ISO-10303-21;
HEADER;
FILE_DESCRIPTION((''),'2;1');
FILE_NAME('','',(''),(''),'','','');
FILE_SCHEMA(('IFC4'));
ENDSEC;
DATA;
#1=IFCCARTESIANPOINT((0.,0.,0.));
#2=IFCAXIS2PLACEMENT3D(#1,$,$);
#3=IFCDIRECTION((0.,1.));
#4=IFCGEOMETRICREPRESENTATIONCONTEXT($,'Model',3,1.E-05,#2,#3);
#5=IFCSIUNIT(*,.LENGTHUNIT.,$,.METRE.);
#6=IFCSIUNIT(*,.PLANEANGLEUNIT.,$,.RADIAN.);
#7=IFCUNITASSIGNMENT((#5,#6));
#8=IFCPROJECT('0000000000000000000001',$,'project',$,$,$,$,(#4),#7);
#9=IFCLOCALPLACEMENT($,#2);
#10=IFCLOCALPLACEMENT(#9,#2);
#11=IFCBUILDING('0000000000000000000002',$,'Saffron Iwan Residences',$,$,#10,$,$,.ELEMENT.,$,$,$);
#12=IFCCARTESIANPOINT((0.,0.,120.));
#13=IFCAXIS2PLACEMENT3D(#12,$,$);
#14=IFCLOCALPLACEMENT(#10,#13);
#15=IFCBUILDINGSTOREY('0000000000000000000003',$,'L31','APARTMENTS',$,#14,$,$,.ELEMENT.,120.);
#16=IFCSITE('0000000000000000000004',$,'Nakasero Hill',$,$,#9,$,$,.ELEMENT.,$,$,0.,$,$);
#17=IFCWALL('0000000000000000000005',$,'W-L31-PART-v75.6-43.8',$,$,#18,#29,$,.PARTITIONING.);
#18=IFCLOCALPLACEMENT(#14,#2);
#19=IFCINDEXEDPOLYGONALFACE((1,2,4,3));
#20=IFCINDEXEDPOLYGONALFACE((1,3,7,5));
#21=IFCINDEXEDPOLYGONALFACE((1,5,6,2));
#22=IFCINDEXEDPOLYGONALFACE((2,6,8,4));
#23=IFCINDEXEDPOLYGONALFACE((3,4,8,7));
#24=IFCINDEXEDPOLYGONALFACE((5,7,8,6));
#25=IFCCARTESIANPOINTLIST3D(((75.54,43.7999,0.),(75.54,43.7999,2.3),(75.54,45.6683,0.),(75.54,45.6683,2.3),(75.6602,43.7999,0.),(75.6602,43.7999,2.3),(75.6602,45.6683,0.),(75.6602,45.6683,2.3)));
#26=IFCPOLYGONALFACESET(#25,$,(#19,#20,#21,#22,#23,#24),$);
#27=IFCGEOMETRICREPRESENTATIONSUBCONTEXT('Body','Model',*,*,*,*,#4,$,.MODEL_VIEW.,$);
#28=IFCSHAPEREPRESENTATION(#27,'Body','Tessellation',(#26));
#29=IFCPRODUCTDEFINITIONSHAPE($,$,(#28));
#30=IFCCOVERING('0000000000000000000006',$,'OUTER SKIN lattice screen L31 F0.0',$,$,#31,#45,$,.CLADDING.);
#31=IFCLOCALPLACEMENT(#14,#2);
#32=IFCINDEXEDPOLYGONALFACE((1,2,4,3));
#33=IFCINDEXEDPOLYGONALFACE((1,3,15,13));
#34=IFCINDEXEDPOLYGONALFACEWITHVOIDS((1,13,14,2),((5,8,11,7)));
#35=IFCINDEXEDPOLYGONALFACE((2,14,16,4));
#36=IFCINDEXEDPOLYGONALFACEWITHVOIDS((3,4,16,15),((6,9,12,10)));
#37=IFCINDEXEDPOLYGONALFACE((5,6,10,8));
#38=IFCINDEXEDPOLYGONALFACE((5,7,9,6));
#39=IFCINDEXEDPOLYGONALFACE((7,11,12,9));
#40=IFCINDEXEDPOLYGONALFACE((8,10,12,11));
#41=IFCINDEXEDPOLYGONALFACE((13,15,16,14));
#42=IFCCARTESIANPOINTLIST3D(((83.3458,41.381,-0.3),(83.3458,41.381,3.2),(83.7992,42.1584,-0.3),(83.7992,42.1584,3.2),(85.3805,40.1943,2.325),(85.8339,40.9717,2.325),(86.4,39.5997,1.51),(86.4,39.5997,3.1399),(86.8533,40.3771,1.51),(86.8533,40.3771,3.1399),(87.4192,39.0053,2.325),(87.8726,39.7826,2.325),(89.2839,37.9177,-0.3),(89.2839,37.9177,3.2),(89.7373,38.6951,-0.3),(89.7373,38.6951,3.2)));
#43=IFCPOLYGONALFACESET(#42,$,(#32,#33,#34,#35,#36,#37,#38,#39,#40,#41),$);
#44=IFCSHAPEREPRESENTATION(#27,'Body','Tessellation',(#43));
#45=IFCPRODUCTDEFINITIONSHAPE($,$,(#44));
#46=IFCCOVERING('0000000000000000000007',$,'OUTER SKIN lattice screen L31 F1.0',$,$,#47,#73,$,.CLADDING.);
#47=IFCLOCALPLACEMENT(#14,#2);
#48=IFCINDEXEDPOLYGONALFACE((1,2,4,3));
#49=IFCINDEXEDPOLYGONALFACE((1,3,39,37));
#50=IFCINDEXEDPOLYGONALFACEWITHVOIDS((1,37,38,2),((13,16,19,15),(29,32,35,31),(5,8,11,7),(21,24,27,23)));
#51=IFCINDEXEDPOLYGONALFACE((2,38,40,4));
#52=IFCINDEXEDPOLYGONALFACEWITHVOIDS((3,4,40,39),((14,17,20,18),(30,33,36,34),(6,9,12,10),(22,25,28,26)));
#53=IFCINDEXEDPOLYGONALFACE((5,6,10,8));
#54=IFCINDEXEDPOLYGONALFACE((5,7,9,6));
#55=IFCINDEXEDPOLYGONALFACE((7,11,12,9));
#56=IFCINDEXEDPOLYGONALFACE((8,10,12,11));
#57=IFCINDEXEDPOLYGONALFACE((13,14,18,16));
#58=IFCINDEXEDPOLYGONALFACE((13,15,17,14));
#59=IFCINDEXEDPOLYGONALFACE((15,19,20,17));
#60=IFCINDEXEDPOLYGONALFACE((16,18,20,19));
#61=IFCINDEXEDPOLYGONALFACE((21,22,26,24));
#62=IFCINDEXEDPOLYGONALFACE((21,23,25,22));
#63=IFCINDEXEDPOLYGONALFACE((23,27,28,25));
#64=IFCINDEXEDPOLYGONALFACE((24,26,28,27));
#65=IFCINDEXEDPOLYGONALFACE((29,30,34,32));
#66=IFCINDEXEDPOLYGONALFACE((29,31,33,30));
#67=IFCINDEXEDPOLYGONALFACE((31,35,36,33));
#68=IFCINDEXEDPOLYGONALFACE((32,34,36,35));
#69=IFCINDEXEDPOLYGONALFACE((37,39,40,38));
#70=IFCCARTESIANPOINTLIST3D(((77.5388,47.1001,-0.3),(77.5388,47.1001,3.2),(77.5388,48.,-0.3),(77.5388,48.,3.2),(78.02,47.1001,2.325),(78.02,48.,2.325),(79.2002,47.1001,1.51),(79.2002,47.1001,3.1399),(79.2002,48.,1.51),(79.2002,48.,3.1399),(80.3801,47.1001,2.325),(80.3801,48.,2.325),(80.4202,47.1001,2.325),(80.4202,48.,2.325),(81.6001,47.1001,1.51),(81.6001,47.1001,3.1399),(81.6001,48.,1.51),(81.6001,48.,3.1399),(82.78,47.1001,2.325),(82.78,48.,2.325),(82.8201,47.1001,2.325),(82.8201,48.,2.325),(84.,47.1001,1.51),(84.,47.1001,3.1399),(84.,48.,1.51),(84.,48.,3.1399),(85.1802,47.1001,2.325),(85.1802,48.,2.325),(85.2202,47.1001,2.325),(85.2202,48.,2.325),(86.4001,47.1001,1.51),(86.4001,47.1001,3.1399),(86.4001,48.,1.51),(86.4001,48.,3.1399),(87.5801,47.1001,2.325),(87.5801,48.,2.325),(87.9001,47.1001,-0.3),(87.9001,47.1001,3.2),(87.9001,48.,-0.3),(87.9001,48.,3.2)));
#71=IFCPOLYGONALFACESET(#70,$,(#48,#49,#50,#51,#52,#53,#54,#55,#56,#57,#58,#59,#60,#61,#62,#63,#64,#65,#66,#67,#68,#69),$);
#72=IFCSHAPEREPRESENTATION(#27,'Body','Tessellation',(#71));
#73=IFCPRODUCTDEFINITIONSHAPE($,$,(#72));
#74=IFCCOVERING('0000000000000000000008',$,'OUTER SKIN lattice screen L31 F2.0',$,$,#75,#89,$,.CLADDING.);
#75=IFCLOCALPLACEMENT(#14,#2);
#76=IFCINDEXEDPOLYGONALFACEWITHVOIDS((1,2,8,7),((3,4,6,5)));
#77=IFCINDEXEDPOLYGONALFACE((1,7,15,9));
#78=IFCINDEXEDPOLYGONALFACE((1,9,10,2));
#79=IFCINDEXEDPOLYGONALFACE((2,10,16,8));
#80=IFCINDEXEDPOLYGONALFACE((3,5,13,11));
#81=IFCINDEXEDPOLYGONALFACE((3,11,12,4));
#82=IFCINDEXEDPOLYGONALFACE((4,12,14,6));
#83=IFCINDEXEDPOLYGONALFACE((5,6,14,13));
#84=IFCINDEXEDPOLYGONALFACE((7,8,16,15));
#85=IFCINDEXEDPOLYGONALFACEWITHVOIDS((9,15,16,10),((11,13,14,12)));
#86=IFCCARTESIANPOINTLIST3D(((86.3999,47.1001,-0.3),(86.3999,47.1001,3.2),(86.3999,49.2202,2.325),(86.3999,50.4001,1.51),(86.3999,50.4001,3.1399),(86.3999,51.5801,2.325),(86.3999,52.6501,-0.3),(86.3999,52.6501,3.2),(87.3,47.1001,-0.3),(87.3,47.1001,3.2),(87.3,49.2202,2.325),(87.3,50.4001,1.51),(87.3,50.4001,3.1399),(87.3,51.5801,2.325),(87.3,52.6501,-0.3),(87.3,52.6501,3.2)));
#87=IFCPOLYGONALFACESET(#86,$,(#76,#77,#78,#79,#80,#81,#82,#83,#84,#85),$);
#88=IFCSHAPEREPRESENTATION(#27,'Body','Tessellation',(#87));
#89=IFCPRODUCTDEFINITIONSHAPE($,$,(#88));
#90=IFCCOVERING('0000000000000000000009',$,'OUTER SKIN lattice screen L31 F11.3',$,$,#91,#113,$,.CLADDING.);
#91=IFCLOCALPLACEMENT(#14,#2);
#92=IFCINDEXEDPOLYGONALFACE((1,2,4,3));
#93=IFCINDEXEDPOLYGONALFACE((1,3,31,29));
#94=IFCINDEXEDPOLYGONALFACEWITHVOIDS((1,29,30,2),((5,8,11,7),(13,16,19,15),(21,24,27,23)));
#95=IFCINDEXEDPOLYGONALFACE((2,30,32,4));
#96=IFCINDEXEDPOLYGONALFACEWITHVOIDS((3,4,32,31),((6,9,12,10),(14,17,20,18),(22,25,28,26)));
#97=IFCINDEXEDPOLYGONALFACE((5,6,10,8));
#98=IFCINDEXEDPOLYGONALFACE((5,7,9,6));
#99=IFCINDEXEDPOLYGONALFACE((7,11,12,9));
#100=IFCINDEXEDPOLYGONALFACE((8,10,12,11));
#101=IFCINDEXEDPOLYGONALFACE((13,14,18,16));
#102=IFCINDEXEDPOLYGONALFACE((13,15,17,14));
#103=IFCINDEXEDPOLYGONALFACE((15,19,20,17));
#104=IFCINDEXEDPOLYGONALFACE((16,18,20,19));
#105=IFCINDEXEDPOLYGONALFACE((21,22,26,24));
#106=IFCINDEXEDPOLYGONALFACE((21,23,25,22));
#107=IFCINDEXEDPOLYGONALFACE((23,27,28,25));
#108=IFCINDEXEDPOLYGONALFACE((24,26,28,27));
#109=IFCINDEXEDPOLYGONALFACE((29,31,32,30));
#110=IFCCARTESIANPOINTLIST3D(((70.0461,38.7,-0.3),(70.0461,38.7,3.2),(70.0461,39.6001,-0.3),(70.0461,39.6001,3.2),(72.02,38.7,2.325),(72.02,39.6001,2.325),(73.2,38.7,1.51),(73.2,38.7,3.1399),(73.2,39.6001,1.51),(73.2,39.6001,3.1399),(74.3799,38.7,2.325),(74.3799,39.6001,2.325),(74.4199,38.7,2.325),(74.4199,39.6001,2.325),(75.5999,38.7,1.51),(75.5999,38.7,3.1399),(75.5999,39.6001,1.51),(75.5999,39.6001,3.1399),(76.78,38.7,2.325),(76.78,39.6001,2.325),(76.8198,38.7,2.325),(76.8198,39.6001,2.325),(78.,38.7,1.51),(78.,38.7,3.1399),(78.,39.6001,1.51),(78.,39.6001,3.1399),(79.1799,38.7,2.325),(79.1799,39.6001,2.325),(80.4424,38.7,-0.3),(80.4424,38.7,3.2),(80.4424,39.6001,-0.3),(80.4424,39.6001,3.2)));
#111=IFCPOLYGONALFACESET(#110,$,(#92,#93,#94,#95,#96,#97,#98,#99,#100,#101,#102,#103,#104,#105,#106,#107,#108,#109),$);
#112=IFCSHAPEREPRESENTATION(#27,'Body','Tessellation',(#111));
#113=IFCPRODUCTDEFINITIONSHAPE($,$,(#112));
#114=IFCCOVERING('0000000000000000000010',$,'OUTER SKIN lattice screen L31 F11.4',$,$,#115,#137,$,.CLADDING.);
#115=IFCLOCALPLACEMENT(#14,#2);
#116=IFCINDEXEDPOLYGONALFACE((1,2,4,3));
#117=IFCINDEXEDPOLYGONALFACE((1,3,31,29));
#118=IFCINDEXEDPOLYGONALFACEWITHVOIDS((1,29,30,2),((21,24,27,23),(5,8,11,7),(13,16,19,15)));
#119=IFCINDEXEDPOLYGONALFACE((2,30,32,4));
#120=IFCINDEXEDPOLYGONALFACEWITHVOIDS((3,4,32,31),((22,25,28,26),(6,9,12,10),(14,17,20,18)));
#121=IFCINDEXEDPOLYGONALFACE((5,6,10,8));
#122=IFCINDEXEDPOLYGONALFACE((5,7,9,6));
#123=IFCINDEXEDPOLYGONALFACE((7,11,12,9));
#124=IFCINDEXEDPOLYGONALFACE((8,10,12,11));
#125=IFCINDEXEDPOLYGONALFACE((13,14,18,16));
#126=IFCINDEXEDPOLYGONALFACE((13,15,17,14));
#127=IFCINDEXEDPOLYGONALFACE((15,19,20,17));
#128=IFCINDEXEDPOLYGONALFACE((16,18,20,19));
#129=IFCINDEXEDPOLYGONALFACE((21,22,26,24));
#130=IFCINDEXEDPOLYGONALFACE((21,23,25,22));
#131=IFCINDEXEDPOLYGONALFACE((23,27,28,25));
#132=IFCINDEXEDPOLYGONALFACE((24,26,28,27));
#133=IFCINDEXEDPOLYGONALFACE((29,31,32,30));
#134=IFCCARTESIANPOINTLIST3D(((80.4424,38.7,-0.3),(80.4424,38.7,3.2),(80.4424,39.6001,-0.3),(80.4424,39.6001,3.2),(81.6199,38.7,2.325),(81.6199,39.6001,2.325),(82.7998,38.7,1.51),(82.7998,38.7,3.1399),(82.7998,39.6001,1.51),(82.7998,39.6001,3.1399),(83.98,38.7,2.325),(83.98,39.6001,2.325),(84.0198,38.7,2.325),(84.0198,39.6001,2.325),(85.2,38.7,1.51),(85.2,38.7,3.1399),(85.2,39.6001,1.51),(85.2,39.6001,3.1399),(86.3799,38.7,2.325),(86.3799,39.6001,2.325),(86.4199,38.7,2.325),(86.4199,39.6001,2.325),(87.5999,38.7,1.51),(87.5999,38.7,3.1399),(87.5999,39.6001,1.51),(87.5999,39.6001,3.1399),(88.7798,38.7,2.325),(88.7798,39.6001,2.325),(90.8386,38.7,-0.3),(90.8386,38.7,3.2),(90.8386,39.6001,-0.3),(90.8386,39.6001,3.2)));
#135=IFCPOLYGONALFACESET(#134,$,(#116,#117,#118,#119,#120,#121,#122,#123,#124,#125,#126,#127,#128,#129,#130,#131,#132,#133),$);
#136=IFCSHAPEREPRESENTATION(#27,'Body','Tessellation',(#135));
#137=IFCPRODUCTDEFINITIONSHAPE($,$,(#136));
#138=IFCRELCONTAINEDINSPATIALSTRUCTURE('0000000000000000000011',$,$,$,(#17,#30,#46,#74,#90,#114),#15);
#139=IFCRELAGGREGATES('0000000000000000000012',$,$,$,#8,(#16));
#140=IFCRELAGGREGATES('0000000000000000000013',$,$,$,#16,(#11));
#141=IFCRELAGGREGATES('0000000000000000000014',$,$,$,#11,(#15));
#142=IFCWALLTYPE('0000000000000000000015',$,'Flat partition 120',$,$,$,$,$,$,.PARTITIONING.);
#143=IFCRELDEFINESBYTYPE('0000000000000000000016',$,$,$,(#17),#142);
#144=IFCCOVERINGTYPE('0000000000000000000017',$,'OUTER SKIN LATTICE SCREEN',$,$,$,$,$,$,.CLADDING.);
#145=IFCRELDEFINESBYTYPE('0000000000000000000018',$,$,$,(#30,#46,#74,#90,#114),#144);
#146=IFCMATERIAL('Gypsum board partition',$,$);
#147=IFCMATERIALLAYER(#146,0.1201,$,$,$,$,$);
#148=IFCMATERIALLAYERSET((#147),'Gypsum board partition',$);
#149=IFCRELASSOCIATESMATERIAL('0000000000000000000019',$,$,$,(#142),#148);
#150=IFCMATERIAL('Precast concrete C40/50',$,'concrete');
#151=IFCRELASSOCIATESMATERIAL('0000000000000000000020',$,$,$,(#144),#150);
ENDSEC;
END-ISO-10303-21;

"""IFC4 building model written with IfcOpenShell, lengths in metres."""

from ifc_helpers import new_model, si_unit, direction, frame, frame_2d, origin, place, context, subcontext, project, spatial, polyline, rectangle, outline, extrude, material, layer, layer_set, type_object, element, save


model = new_model("IFC4")

# Units and contexts
model_context = context("Model", 3, precision=1e-05, world=origin(), true_north=direction((0.0, 1.0)))
body_context = subcontext(model_context, "Body", "Model", "MODEL_VIEW")
ifc_project = project(units=[si_unit("LENGTHUNIT", "METRE"), si_unit("PLANEANGLEUNIT", "RADIAN")], contexts=[model_context])

# Site, building, storey
site_placement = place(None, origin())
site = spatial("IfcSite", under=ifc_project, at=site_placement, Name="Nakasero Hill", CompositionType="ELEMENT", RefElevation=0.0)
building_placement = place(site_placement, origin())
building = spatial("IfcBuilding", under=site, at=building_placement, Name="Saffron Iwan Residences", CompositionType="ELEMENT")
storey_placement = place(building_placement, frame((0.0, 0.0, 120.0)))
storey = spatial("IfcBuildingStorey", under=building, at=storey_placement, Name="L31", Description="APARTMENTS", CompositionType="ELEMENT", Elevation=120.0)

# Shared definitions
ifc_material_1 = material(Name="Gypsum board partition")
ifc_layer_1 = layer(ifc_material_1, 0.1201)
ifc_layer_set_1 = layer_set([ifc_layer_1], Name="Gypsum board partition")
wall_type_1 = type_object("IfcWallType", Name="Flat partition 120", PredefinedType="PARTITIONING", material=ifc_layer_set_1)

# Wall
wall_1_placement = place(storey_placement, frame((75.6001, 43.8, 0.0), z_axis=(0.0, 0.0, 1.0), x_axis=(0.0, 1.0, 0.0)))
element("IfcWall", 1, at=wall_1_placement, inside=storey, type_object=wall_type_1, Name="W-L31-PART-v75.6-43.8", PredefinedType="PARTITIONING", context=body_context, shape_type="SweptSolid", body=[
    extrude(rectangle(XDim=1.8684, YDim=0.1201, at=frame_2d((0.9341, 0.0))), origin(), (0.0, 0.0, 1.0), 2.3),
])

# Coverings
ifc_material_2 = material(Name="Precast concrete C40/50", Category="concrete")
covering_type = type_object("IfcCoveringType", Name="OUTER SKIN LATTICE SCREEN", PredefinedType="CLADDING", material=ifc_material_2)
covering_1_placement = place(storey_placement, frame((89.2839, 37.9177, -0.3), z_axis=(0.503804, 0.863818, 0.0), x_axis=(-0.863818, 0.503804, 0.0)))
element("IfcCovering", 2, at=covering_1_placement, inside=storey, type_object=covering_type, Name="OUTER SKIN lattice screen L31 F0.0", PredefinedType="CLADDING", context=body_context, shape_type="SweptSolid", body=[
    extrude(outline(polyline([(0.0, 0.0), (6.8743, 0.0), (6.8743, 3.5), (0.0, 3.5), (0.0, 0.0)]), holes=[polyline([(2.1587, 2.625), (3.3386, 1.8101), (4.5188, 2.625), (3.3386, 3.4399), (2.1587, 2.625)])]), origin(), (0.0, 0.0, 1.0), 0.8999),
])
covering_2_placement = place(storey_placement, frame((77.5388, 48.0, -0.3), z_axis=(0.0, -1.0, 0.0), x_axis=(1.0, 0.0, 0.0)))
element("IfcCovering", 3, at=covering_2_placement, inside=storey, type_object=covering_type, Name="OUTER SKIN lattice screen L31 F1.0", PredefinedType="CLADDING", context=body_context, shape_type="SweptSolid", body=[
    extrude(outline(polyline([(0.0, 0.0), (10.3613, 0.0), (10.3613, 3.5), (0.0, 3.5), (0.0, 0.0)]), holes=[polyline([(0.4812, 2.625), (1.6614, 1.8101), (2.8413, 2.625), (1.6614, 3.4399), (0.4812, 2.625)]), polyline([(2.8813, 2.625), (4.0613, 1.8101), (5.2412, 2.625), (4.0613, 3.4399), (2.8813, 2.625)]), polyline([(5.2812, 2.625), (6.4612, 1.8101), (7.6414, 2.625), (6.4612, 3.4399), (5.2812, 2.625)]), polyline([(7.6814, 2.625), (8.8613, 1.8101), (10.0413, 2.625), (8.8613, 3.4399), (7.6814, 2.625)])]), origin(), (0.0, 0.0, 1.0), 0.8999),
])
covering_3_placement = place(storey_placement, frame((86.3999, 47.1001, -0.3), z_axis=(1.0, 0.0, 0.0), x_axis=(0.0, 1.0, 0.0)))
element("IfcCovering", 4, at=covering_3_placement, inside=storey, type_object=covering_type, Name="OUTER SKIN lattice screen L31 F2.0", PredefinedType="CLADDING", context=body_context, shape_type="SweptSolid", body=[
    extrude(outline(polyline([(0.0, 0.0), (5.55, 0.0), (5.55, 3.5), (0.0, 3.5), (0.0, 0.0)]), holes=[polyline([(2.1201, 2.625), (3.3, 1.8101), (4.48, 2.625), (3.3, 3.4399), (2.1201, 2.625)])]), origin(), (0.0, 0.0, 1.0), 0.9001),
])
covering_4_placement = place(storey_placement, frame((70.0461, 39.6001, -0.3), z_axis=(0.0, -1.0, 0.0), x_axis=(1.0, 0.0, 0.0)))
element("IfcCovering", 5, at=covering_4_placement, inside=storey, type_object=covering_type, Name="OUTER SKIN lattice screen L31 F11.3", PredefinedType="CLADDING", context=body_context, shape_type="SweptSolid", body=[
    extrude(outline(polyline([(0.0, 0.0), (10.3962, 0.0), (10.3962, 3.5), (0.0, 3.5), (0.0, 0.0)]), holes=[polyline([(1.9739, 2.625), (3.1538, 1.8101), (4.3337, 2.625), (3.1538, 3.4399), (1.9739, 2.625)]), polyline([(4.3738, 2.625), (5.5537, 1.8101), (6.7339, 2.625), (5.5537, 3.4399), (4.3738, 2.625)]), polyline([(6.7737, 2.625), (7.9539, 1.8101), (9.1338, 2.625), (7.9539, 3.4399), (6.7737, 2.625)])]), origin(), (0.0, 0.0, 1.0), 0.9001),
])
covering_5_placement = place(storey_placement, frame((80.4424, 39.6001, -0.3), z_axis=(0.0, -1.0, 0.0), x_axis=(1.0, 0.0, 0.0)))
element("IfcCovering", 6, at=covering_5_placement, inside=storey, type_object=covering_type, Name="OUTER SKIN lattice screen L31 F11.4", PredefinedType="CLADDING", context=body_context, shape_type="SweptSolid", body=[
    extrude(outline(polyline([(0.0, 0.0), (10.3962, 0.0), (10.3962, 3.5), (0.0, 3.5), (0.0, 0.0)]), holes=[polyline([(1.1775, 2.625), (2.3574, 1.8101), (3.5376, 2.625), (2.3574, 3.4399), (1.1775, 2.625)]), polyline([(3.5774, 2.625), (4.7576, 1.8101), (5.9375, 2.625), (4.7576, 3.4399), (3.5774, 2.625)]), polyline([(5.9775, 2.625), (7.1575, 1.8101), (8.3374, 2.625), (7.1575, 3.4399), (5.9775, 2.625)])]), origin(), (0.0, 0.0, 1.0), 0.9001),
])

save(model, "model.ifc")
